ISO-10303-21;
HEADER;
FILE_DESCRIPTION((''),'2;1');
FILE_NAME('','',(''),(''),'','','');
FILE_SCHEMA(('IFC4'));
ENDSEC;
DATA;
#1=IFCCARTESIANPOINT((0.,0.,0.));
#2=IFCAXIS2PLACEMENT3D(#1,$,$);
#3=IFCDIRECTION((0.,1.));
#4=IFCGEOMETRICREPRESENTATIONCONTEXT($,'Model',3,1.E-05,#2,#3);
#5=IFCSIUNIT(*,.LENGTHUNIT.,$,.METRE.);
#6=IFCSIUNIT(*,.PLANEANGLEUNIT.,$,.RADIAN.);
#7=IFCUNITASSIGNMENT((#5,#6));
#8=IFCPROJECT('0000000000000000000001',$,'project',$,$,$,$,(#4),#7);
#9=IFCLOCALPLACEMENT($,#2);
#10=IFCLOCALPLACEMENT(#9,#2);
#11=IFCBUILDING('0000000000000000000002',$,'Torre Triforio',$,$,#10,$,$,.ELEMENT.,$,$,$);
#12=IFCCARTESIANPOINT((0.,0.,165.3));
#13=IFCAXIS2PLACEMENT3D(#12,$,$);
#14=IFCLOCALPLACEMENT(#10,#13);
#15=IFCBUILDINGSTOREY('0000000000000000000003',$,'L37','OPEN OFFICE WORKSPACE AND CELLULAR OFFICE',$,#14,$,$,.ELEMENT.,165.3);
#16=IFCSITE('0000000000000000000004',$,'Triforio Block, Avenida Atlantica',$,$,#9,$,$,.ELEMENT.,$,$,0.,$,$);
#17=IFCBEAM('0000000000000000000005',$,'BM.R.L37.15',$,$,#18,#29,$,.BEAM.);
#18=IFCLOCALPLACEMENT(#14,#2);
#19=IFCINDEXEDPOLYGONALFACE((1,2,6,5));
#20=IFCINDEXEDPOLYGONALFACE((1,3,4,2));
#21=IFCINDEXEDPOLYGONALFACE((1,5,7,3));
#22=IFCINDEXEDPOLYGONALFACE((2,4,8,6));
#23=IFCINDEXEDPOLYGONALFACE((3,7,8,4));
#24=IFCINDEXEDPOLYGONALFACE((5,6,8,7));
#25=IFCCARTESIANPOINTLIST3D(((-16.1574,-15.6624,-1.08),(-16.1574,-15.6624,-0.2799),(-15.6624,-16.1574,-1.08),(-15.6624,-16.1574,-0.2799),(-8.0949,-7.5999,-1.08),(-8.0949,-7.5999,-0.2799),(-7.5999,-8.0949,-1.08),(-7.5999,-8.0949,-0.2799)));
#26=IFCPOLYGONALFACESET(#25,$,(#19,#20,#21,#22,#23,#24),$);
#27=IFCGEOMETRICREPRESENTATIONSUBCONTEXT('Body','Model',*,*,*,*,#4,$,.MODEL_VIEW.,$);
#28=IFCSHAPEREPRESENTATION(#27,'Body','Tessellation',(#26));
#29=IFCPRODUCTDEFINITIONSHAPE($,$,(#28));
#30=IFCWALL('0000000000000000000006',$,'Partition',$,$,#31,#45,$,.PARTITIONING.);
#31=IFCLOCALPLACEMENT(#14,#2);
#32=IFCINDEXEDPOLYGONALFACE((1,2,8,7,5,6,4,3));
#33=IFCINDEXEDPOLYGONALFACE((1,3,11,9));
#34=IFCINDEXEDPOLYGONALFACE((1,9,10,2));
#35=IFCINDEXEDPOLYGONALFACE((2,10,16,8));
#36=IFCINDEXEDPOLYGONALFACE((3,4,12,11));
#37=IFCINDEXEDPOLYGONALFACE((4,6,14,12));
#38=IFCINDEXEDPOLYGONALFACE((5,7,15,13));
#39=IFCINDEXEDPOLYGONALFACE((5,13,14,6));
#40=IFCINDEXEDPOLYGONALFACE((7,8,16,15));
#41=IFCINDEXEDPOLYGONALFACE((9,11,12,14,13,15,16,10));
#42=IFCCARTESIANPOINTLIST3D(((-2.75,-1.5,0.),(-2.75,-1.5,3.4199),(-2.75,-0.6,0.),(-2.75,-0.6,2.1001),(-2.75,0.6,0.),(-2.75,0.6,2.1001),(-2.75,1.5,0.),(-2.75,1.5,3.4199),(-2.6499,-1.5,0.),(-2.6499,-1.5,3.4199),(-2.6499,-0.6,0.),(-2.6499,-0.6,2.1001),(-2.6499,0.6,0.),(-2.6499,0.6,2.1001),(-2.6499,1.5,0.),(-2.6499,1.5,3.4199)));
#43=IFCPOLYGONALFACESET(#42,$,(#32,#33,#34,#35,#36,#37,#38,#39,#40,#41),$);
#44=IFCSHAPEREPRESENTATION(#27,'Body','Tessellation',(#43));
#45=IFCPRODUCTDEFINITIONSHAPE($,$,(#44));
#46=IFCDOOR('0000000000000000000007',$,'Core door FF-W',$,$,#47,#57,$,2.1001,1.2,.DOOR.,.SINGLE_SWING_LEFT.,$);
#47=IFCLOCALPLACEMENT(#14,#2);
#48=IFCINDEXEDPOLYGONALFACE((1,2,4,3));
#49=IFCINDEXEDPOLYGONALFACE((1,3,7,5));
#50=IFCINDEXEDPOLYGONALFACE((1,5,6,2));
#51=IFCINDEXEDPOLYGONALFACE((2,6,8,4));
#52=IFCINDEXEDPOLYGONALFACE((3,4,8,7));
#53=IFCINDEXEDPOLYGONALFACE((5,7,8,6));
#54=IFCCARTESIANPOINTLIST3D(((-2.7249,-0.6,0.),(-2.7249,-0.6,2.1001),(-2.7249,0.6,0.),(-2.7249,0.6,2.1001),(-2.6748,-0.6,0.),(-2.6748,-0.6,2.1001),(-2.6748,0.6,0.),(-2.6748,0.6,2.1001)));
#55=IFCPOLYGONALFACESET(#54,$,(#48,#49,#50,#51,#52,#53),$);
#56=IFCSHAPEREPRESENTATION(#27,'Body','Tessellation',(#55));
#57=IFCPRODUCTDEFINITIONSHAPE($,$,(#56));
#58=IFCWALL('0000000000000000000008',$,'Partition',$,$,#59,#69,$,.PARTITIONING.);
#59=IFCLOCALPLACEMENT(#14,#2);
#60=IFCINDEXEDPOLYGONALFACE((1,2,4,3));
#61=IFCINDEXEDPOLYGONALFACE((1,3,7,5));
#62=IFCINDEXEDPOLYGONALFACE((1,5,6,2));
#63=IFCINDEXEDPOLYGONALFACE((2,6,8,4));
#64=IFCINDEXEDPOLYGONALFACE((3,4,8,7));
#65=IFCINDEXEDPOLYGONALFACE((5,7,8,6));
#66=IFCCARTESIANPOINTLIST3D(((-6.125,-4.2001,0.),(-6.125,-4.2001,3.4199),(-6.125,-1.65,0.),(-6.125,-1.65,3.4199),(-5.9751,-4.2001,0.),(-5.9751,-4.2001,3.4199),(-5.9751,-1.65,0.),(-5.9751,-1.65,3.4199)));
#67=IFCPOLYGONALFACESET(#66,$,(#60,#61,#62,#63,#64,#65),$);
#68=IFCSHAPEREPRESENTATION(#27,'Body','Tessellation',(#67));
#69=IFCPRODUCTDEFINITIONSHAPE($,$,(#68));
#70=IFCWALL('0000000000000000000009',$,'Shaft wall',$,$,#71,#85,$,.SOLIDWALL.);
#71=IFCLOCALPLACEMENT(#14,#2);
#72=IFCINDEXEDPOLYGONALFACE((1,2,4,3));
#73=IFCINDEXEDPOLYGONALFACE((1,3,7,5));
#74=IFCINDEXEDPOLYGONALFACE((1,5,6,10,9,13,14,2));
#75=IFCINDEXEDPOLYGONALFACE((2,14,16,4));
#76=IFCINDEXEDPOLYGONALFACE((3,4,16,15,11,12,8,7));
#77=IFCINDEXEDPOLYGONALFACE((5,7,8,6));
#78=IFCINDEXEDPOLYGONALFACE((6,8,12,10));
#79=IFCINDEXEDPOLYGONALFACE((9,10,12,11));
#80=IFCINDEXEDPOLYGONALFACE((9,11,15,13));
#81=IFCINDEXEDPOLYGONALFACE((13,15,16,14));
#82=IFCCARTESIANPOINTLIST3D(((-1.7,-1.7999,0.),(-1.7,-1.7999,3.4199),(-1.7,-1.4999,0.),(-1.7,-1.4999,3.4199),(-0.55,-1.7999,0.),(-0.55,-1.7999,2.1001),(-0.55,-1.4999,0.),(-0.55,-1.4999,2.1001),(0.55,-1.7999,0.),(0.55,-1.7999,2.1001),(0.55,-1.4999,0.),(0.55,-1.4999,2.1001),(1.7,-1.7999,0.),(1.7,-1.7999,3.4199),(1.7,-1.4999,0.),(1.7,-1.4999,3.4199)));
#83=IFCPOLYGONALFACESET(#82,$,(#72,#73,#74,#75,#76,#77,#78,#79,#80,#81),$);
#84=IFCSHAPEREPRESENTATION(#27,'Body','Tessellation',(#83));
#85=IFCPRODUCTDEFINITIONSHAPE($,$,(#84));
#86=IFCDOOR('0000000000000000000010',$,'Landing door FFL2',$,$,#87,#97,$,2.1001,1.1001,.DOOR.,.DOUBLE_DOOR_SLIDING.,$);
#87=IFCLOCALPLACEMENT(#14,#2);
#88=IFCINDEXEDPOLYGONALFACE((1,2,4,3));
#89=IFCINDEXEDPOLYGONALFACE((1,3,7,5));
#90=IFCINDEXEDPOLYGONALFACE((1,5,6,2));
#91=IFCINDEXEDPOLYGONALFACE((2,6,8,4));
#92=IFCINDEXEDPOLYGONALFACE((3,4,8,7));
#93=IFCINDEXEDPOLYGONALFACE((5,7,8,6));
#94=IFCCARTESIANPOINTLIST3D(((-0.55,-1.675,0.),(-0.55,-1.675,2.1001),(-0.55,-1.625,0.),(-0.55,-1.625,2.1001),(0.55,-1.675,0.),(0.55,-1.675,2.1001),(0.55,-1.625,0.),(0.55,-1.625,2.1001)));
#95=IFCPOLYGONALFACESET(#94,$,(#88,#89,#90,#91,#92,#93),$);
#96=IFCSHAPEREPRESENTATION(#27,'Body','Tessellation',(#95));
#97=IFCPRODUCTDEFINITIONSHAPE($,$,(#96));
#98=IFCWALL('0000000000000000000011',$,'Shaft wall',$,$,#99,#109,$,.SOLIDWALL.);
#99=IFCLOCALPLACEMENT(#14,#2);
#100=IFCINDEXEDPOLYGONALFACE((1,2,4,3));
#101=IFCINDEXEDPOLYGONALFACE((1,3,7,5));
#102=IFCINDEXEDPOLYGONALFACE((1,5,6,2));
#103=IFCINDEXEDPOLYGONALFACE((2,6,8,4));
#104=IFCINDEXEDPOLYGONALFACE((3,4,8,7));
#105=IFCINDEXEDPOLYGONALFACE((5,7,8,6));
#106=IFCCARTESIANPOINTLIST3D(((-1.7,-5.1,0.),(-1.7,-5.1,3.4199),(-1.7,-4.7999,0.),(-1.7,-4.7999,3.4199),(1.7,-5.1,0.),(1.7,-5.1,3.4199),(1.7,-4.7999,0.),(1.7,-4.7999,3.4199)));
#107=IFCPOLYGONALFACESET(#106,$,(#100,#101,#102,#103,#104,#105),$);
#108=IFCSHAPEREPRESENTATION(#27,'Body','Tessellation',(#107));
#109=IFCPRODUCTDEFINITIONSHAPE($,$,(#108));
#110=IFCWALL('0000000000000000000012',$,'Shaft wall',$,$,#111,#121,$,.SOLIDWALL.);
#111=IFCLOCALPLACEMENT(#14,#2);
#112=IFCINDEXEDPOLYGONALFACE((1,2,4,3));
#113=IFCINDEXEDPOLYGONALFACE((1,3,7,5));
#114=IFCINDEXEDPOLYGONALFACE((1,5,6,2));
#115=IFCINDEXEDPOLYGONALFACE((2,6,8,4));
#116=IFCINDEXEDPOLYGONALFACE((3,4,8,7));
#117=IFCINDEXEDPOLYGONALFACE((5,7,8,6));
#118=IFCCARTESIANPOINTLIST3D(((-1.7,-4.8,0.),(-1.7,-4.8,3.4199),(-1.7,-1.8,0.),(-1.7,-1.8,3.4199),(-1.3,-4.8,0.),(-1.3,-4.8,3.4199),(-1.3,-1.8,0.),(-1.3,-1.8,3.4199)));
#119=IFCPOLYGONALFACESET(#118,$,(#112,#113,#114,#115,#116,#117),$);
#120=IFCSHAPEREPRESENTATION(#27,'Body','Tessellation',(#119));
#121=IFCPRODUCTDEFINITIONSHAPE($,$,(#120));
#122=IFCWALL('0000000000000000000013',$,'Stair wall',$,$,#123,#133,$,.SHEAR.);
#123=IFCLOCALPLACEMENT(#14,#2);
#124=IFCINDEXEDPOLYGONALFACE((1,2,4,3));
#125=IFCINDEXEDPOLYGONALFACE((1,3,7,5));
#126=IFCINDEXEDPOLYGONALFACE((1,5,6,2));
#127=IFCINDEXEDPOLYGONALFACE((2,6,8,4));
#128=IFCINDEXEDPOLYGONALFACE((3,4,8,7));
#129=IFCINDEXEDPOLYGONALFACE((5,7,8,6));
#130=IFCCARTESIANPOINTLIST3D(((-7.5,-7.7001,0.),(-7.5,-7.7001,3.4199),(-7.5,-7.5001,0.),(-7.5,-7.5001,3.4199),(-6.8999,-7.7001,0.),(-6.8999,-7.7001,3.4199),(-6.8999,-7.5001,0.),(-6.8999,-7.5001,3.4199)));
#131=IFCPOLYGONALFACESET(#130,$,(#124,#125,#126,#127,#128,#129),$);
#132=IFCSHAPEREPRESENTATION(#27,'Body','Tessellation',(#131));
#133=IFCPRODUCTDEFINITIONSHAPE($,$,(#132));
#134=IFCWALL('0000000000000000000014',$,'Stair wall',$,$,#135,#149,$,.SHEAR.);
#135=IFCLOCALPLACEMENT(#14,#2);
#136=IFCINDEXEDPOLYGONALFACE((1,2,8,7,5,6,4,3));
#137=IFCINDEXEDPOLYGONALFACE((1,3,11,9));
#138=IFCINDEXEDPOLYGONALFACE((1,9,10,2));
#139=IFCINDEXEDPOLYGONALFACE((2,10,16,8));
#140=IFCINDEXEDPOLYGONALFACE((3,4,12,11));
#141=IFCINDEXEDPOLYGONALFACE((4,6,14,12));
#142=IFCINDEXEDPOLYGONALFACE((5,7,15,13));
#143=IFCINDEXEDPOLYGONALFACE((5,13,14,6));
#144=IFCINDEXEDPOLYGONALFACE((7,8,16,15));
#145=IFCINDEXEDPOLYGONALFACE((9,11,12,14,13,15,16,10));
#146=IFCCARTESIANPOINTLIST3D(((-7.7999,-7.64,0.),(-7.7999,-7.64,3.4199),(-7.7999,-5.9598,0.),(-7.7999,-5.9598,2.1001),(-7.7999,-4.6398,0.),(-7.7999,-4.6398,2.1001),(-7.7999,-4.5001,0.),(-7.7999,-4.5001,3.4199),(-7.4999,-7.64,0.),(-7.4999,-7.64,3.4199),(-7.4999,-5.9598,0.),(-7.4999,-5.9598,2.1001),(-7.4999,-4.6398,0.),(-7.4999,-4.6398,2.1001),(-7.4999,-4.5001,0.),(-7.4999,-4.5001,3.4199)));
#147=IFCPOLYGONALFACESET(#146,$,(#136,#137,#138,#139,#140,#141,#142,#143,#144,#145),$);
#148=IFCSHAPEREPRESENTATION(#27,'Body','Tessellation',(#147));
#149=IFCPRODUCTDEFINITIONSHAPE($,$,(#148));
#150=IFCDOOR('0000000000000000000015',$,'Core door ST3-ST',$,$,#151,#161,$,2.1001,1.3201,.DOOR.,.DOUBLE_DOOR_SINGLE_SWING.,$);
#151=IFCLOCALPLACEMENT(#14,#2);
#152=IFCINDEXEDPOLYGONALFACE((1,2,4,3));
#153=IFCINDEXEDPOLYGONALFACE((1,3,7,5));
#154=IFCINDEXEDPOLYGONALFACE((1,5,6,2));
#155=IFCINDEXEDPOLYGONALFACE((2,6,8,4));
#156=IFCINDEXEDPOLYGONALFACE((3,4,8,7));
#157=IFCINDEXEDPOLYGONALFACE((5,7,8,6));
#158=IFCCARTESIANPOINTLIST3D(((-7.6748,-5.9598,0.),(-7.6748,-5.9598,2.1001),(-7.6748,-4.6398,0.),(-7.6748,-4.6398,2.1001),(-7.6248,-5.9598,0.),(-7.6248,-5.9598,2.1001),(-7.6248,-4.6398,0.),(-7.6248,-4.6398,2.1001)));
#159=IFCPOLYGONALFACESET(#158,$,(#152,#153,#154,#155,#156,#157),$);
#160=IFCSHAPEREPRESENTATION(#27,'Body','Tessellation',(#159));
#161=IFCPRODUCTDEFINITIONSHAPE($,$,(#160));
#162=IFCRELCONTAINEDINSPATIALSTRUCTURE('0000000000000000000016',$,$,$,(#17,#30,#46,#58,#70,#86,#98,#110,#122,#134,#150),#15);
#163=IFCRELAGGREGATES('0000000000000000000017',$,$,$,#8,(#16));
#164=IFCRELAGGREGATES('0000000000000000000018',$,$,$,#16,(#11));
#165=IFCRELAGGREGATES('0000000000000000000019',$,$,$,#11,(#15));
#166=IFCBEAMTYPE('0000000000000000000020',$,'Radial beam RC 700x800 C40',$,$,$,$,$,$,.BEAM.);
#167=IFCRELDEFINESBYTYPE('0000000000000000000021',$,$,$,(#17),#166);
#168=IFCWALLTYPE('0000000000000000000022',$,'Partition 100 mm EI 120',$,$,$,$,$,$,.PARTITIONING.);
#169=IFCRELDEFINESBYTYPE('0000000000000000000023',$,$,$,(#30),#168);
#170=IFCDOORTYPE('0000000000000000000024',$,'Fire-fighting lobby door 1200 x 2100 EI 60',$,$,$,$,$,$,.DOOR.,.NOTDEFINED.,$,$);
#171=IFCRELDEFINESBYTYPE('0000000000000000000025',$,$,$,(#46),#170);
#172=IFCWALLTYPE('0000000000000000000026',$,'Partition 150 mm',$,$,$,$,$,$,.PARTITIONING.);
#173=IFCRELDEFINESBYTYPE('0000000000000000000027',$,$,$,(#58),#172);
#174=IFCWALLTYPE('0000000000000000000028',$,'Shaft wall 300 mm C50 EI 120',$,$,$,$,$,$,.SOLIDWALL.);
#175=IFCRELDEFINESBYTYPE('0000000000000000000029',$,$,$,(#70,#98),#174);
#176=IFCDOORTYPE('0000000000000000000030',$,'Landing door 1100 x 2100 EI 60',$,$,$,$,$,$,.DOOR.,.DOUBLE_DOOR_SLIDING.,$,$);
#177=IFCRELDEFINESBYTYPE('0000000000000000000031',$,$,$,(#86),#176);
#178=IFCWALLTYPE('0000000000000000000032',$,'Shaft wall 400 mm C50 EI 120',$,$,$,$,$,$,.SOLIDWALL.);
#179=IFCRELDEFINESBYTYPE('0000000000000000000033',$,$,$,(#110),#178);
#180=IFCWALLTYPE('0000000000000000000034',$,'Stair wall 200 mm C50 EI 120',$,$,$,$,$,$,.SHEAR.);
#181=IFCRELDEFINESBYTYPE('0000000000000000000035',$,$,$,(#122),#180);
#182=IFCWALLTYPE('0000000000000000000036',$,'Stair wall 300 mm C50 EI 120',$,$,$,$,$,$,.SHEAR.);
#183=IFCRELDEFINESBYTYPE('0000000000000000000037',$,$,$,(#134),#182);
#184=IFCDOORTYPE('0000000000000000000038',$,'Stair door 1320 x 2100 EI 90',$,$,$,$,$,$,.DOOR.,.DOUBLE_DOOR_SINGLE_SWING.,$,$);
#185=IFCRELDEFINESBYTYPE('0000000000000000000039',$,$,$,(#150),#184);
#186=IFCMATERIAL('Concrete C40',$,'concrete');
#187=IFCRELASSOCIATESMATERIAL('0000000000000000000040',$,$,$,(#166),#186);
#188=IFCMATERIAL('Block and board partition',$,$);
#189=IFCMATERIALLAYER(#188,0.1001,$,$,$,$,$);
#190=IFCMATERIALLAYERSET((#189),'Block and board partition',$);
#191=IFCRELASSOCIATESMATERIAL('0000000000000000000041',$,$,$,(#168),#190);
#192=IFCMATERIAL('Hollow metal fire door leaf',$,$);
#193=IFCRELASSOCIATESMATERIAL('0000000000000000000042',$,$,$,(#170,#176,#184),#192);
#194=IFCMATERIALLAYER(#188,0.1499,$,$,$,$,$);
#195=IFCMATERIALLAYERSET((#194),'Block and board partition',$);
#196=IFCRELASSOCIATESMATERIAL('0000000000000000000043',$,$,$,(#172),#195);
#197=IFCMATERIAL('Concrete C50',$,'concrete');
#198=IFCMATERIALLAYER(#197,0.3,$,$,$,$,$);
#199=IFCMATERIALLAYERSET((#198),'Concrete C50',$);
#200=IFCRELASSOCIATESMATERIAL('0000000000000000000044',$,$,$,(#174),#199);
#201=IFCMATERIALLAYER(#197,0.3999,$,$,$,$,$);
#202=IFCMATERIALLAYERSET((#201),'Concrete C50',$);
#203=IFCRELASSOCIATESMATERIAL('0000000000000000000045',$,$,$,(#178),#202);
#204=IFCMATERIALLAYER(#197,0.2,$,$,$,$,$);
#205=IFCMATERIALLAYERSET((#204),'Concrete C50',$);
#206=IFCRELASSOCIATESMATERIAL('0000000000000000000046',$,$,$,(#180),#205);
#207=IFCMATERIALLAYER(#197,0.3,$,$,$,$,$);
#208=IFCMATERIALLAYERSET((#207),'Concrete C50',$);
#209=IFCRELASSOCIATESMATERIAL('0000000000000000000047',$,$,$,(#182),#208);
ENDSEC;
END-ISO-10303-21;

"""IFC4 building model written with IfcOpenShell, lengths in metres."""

from ifc_helpers import new_model, si_unit, direction, frame, frame_2d, origin, origin_2d, place, context, subcontext, project, spatial, rectangle, extrude, material, layer, layer_set, material_profile, profile_set, type_object, element, fill, save


model = new_model("IFC4")

# Units and contexts
model_context = context("Model", 3, precision=1e-05, world=origin(), true_north=direction((0.0, 1.0)))
body_context = subcontext(model_context, "Body", "Model", "MODEL_VIEW")
ifc_project = project(units=[si_unit("LENGTHUNIT", "METRE"), si_unit("PLANEANGLEUNIT", "RADIAN")], contexts=[model_context])

# Site, building, storey
site_placement = place(None, origin())
site = spatial("IfcSite", under=ifc_project, at=site_placement, Name="Triforio Block, Avenida Atlantica", CompositionType="ELEMENT", RefElevation=0.0)
building_placement = place(site_placement, origin())
building = spatial("IfcBuilding", under=site, at=building_placement, Name="Torre Triforio", CompositionType="ELEMENT")
storey_placement = place(building_placement, frame((0.0, 0.0, 165.3)))
storey = spatial("IfcBuildingStorey", under=building, at=storey_placement, Name="L37", Description="OPEN OFFICE WORKSPACE AND CELLULAR OFFICE", CompositionType="ELEMENT", Elevation=165.3)

# Beam
ifc_material_1 = material(Name="Concrete C40", Category="concrete")
ifc_material_profile = material_profile(ifc_material_1, rectangle(XDim=0.7, YDim=0.8, at=origin_2d()), Name="RC 700x800")
ifc_profile_set = profile_set([ifc_material_profile], Name="Concrete C40")
beam_type = type_object("IfcBeamType", Name="Radial beam RC 700x800 C40", PredefinedType="BEAM", material=ifc_profile_set)
beam_placement = place(storey_placement, frame((-7.8474, -7.8474, -0.6799), z_axis=(-0.707107, -0.707107, 0.0), x_axis=(0.707107, -0.707107, 0.0)))
element("IfcBeam", 1, at=beam_placement, inside=storey, type_object=beam_type, Name="BM.R.L37.15", PredefinedType="BEAM", context=body_context, shape_type="SweptSolid", body=[
    extrude(rectangle(XDim=0.7, YDim=0.8, at=origin_2d()), origin(), (0.0, 0.0, 1.0), 11.4021),
])

# Wall, opening, door
ifc_material_2 = material(Name="Block and board partition")
ifc_layer_1 = layer(ifc_material_2, 0.1001)
ifc_layer_set_1 = layer_set([ifc_layer_1], Name="Block and board partition")
wall_type_1 = type_object("IfcWallType", Name="Partition 100 mm EI 120", PredefinedType="PARTITIONING", material=ifc_layer_set_1)
wall_1_placement = place(storey_placement, frame((-2.7, -1.5, 0.0), z_axis=(0.0, 0.0, 1.0), x_axis=(0.0, 1.0, 0.0)))
wall_1 = element("IfcWall", 2, at=wall_1_placement, inside=storey, type_object=wall_type_1, Name="Partition", PredefinedType="PARTITIONING", context=body_context, shape_type="SweptSolid", body=[
    extrude(rectangle(XDim=3.0, YDim=0.1001, at=frame_2d((1.5, 0.0))), origin(), (0.0, 0.0, 1.0), 3.4199),
])
opening_1_placement = place(wall_1_placement, frame((0.8999, 0.0, 0.0)))
opening_1 = element("IfcOpeningElement", 3, at=opening_1_placement, cuts=wall_1, PredefinedType="OPENING", context=body_context, shape_type="SweptSolid", body=[
    extrude(rectangle(XDim=1.2, YDim=2.1001, at=frame_2d((0.6001, 1.05))), frame((0.0, 0.0601, 0.0), z_axis=(0.0, -1.0, 0.0), x_axis=(1.0, 0.0, 0.0)), (0.0, 0.0, 1.0), 0.1201),
])
ifc_material_3 = material(Name="Hollow metal fire door leaf")
door_type_1 = type_object("IfcDoorType", Name="Fire-fighting lobby door 1200 x 2100 EI 60", OperationType="NOTDEFINED", PredefinedType="DOOR", material=ifc_material_3)
door_1_placement = place(opening_1_placement, origin())
door_1 = element("IfcDoor", 4, at=door_1_placement, inside=storey, type_object=door_type_1, Name="Core door FF-W", OperationType="SINGLE_SWING_LEFT", OverallHeight=2.1001, OverallWidth=1.2, PredefinedType="DOOR", context=body_context, shape_type="SweptSolid", body=[
    extrude(rectangle(XDim=1.2, YDim=2.1001, at=frame_2d((0.6001, 1.05))), frame((0.0, 0.0249, 0.0), z_axis=(0.0, -1.0, 0.0), x_axis=(1.0, 0.0, 0.0)), (0.0, 0.0, 1.0), 0.05),
])
fill(opening_1, door_1)

# Wall
ifc_layer_2 = layer(ifc_material_2, 0.1499)
ifc_layer_set_2 = layer_set([ifc_layer_2], Name="Block and board partition")
wall_type_2 = type_object("IfcWallType", Name="Partition 150 mm", PredefinedType="PARTITIONING", material=ifc_layer_set_2)
wall_2_placement = place(storey_placement, frame((-6.05, -4.2, 0.0), z_axis=(0.0, 0.0, 1.0), x_axis=(0.0, 1.0, 0.0)))
element("IfcWall", 5, at=wall_2_placement, inside=storey, type_object=wall_type_2, Name="Partition", PredefinedType="PARTITIONING", context=body_context, shape_type="SweptSolid", body=[
    extrude(rectangle(XDim=2.55, YDim=0.1499, at=frame_2d((1.2749, 0.0))), origin(), (0.0, 0.0, 1.0), 3.4199),
])

# Wall, opening, door
ifc_material_4 = material(Name="Concrete C50", Category="concrete")
ifc_layer_3 = layer(ifc_material_4, 0.3)
ifc_layer_set_3 = layer_set([ifc_layer_3], Name="Concrete C50")
wall_type_3 = type_object("IfcWallType", Name="Shaft wall 300 mm C50 EI 120", PredefinedType="SOLIDWALL", material=ifc_layer_set_3)
wall_3_placement = place(storey_placement, frame((-1.7, -1.6499, 0.0), z_axis=(0.0, 0.0, 1.0), x_axis=(1.0, 0.0, 0.0)))
wall_3 = element("IfcWall", 6, at=wall_3_placement, inside=storey, type_object=wall_type_3, Name="Shaft wall", PredefinedType="SOLIDWALL", context=body_context, shape_type="SweptSolid", body=[
    extrude(rectangle(XDim=3.3999, YDim=0.3, at=frame_2d((1.7, 0.0))), origin(), (0.0, 0.0, 1.0), 3.4199),
])
opening_2_placement = place(wall_3_placement, frame((1.1499, 0.0, 0.0)))
opening_2 = element("IfcOpeningElement", 7, at=opening_2_placement, cuts=wall_3, PredefinedType="OPENING", context=body_context, shape_type="SweptSolid", body=[
    extrude(rectangle(XDim=1.1001, YDim=2.1001, at=frame_2d((0.55, 1.05))), frame((0.0, 0.1599, 0.0), z_axis=(0.0, -1.0, 0.0), x_axis=(1.0, 0.0, 0.0)), (0.0, 0.0, 1.0), 0.3201),
])
door_type_2 = type_object("IfcDoorType", Name="Landing door 1100 x 2100 EI 60", OperationType="DOUBLE_DOOR_SLIDING", PredefinedType="DOOR", material=ifc_material_3)
door_2_placement = place(opening_2_placement, origin())
door_2 = element("IfcDoor", 8, at=door_2_placement, inside=storey, type_object=door_type_2, Name="Landing door FFL2", OperationType="DOUBLE_DOOR_SLIDING", OverallHeight=2.1001, OverallWidth=1.1001, PredefinedType="DOOR", context=body_context, shape_type="SweptSolid", body=[
    extrude(rectangle(XDim=1.1001, YDim=2.1001, at=frame_2d((0.55, 1.05))), frame((0.0, 0.0249, 0.0), z_axis=(0.0, -1.0, 0.0), x_axis=(1.0, 0.0, 0.0)), (0.0, 0.0, 1.0), 0.05),
])
fill(opening_2, door_2)

# Walls
wall_4_placement = place(storey_placement, frame((-1.7, -4.95, 0.0), z_axis=(0.0, 0.0, 1.0), x_axis=(1.0, 0.0, 0.0)))
element("IfcWall", 9, at=wall_4_placement, inside=storey, type_object=wall_type_3, Name="Shaft wall", PredefinedType="SOLIDWALL", context=body_context, shape_type="SweptSolid", body=[
    extrude(rectangle(XDim=3.3999, YDim=0.3, at=frame_2d((1.7, 0.0))), origin(), (0.0, 0.0, 1.0), 3.4199),
])
ifc_layer_4 = layer(ifc_material_4, 0.3999)
ifc_layer_set_4 = layer_set([ifc_layer_4], Name="Concrete C50")
wall_type_4 = type_object("IfcWallType", Name="Shaft wall 400 mm C50 EI 120", PredefinedType="SOLIDWALL", material=ifc_layer_set_4)
wall_5_placement = place(storey_placement, frame((-1.5, -4.8, 0.0), z_axis=(0.0, 0.0, 1.0), x_axis=(0.0, 1.0, 0.0)))
element("IfcWall", 10, at=wall_5_placement, inside=storey, type_object=wall_type_4, Name="Shaft wall", PredefinedType="SOLIDWALL", context=body_context, shape_type="SweptSolid", body=[
    extrude(rectangle(XDim=3.0, YDim=0.3999, at=frame_2d((1.5, 0.0))), origin(), (0.0, 0.0, 1.0), 3.4199),
])
ifc_layer_5 = layer(ifc_material_4, 0.2)
ifc_layer_set_5 = layer_set([ifc_layer_5], Name="Concrete C50")
wall_type_5 = type_object("IfcWallType", Name="Stair wall 200 mm C50 EI 120", PredefinedType="SHEAR", material=ifc_layer_set_5)
wall_6_placement = place(storey_placement, frame((-7.5, -7.6001, 0.0), z_axis=(0.0, 0.0, 1.0), x_axis=(1.0, 0.0, 0.0)))
element("IfcWall", 11, at=wall_6_placement, inside=storey, type_object=wall_type_5, Name="Stair wall", PredefinedType="SHEAR", context=body_context, shape_type="SweptSolid", body=[
    extrude(rectangle(XDim=0.6001, YDim=0.2, at=frame_2d((0.3, 0.0))), origin(), (0.0, 0.0, 1.0), 3.4199),
])

# Wall, opening, door
ifc_layer_6 = layer(ifc_material_4, 0.3)
ifc_layer_set_6 = layer_set([ifc_layer_6], Name="Concrete C50")
wall_type_6 = type_object("IfcWallType", Name="Stair wall 300 mm C50 EI 120", PredefinedType="SHEAR", material=ifc_layer_set_6)
wall_7_placement = place(storey_placement, frame((-7.6499, -7.6399, 0.0), z_axis=(0.0, 0.0, 1.0), x_axis=(0.0, 1.0, 0.0)))
wall_7 = element("IfcWall", 12, at=wall_7_placement, inside=storey, type_object=wall_type_6, Name="Stair wall", PredefinedType="SHEAR", context=body_context, shape_type="SweptSolid", body=[
    extrude(rectangle(XDim=3.1399, YDim=0.3, at=frame_2d((1.5698, 0.0))), origin(), (0.0, 0.0, 1.0), 3.4199),
])
opening_3_placement = place(wall_7_placement, frame((1.6799, 0.0, 0.0)))
opening_3 = element("IfcOpeningElement", 13, at=opening_3_placement, cuts=wall_7, PredefinedType="OPENING", context=body_context, shape_type="SweptSolid", body=[
    extrude(rectangle(XDim=1.3201, YDim=2.1001, at=frame_2d((0.6602, 1.05))), frame((0.0, 0.1599, 0.0), z_axis=(0.0, -1.0, 0.0), x_axis=(1.0, 0.0, 0.0)), (0.0, 0.0, 1.0), 0.3201),
])
door_type_3 = type_object("IfcDoorType", Name="Stair door 1320 x 2100 EI 90", OperationType="DOUBLE_DOOR_SINGLE_SWING", PredefinedType="DOOR", material=ifc_material_3)
door_3_placement = place(opening_3_placement, origin())
door_3 = element("IfcDoor", 14, at=door_3_placement, inside=storey, type_object=door_type_3, Name="Core door ST3-ST", OperationType="DOUBLE_DOOR_SINGLE_SWING", OverallHeight=2.1001, OverallWidth=1.3201, PredefinedType="DOOR", context=body_context, shape_type="SweptSolid", body=[
    extrude(rectangle(XDim=1.3201, YDim=2.1001, at=frame_2d((0.6602, 1.05))), frame((0.0, 0.0249, 0.0), z_axis=(0.0, -1.0, 0.0), x_axis=(1.0, 0.0, 0.0)), (0.0, 0.0, 1.0), 0.05),
])
fill(opening_3, door_3)

save(model, "model.ifc")
